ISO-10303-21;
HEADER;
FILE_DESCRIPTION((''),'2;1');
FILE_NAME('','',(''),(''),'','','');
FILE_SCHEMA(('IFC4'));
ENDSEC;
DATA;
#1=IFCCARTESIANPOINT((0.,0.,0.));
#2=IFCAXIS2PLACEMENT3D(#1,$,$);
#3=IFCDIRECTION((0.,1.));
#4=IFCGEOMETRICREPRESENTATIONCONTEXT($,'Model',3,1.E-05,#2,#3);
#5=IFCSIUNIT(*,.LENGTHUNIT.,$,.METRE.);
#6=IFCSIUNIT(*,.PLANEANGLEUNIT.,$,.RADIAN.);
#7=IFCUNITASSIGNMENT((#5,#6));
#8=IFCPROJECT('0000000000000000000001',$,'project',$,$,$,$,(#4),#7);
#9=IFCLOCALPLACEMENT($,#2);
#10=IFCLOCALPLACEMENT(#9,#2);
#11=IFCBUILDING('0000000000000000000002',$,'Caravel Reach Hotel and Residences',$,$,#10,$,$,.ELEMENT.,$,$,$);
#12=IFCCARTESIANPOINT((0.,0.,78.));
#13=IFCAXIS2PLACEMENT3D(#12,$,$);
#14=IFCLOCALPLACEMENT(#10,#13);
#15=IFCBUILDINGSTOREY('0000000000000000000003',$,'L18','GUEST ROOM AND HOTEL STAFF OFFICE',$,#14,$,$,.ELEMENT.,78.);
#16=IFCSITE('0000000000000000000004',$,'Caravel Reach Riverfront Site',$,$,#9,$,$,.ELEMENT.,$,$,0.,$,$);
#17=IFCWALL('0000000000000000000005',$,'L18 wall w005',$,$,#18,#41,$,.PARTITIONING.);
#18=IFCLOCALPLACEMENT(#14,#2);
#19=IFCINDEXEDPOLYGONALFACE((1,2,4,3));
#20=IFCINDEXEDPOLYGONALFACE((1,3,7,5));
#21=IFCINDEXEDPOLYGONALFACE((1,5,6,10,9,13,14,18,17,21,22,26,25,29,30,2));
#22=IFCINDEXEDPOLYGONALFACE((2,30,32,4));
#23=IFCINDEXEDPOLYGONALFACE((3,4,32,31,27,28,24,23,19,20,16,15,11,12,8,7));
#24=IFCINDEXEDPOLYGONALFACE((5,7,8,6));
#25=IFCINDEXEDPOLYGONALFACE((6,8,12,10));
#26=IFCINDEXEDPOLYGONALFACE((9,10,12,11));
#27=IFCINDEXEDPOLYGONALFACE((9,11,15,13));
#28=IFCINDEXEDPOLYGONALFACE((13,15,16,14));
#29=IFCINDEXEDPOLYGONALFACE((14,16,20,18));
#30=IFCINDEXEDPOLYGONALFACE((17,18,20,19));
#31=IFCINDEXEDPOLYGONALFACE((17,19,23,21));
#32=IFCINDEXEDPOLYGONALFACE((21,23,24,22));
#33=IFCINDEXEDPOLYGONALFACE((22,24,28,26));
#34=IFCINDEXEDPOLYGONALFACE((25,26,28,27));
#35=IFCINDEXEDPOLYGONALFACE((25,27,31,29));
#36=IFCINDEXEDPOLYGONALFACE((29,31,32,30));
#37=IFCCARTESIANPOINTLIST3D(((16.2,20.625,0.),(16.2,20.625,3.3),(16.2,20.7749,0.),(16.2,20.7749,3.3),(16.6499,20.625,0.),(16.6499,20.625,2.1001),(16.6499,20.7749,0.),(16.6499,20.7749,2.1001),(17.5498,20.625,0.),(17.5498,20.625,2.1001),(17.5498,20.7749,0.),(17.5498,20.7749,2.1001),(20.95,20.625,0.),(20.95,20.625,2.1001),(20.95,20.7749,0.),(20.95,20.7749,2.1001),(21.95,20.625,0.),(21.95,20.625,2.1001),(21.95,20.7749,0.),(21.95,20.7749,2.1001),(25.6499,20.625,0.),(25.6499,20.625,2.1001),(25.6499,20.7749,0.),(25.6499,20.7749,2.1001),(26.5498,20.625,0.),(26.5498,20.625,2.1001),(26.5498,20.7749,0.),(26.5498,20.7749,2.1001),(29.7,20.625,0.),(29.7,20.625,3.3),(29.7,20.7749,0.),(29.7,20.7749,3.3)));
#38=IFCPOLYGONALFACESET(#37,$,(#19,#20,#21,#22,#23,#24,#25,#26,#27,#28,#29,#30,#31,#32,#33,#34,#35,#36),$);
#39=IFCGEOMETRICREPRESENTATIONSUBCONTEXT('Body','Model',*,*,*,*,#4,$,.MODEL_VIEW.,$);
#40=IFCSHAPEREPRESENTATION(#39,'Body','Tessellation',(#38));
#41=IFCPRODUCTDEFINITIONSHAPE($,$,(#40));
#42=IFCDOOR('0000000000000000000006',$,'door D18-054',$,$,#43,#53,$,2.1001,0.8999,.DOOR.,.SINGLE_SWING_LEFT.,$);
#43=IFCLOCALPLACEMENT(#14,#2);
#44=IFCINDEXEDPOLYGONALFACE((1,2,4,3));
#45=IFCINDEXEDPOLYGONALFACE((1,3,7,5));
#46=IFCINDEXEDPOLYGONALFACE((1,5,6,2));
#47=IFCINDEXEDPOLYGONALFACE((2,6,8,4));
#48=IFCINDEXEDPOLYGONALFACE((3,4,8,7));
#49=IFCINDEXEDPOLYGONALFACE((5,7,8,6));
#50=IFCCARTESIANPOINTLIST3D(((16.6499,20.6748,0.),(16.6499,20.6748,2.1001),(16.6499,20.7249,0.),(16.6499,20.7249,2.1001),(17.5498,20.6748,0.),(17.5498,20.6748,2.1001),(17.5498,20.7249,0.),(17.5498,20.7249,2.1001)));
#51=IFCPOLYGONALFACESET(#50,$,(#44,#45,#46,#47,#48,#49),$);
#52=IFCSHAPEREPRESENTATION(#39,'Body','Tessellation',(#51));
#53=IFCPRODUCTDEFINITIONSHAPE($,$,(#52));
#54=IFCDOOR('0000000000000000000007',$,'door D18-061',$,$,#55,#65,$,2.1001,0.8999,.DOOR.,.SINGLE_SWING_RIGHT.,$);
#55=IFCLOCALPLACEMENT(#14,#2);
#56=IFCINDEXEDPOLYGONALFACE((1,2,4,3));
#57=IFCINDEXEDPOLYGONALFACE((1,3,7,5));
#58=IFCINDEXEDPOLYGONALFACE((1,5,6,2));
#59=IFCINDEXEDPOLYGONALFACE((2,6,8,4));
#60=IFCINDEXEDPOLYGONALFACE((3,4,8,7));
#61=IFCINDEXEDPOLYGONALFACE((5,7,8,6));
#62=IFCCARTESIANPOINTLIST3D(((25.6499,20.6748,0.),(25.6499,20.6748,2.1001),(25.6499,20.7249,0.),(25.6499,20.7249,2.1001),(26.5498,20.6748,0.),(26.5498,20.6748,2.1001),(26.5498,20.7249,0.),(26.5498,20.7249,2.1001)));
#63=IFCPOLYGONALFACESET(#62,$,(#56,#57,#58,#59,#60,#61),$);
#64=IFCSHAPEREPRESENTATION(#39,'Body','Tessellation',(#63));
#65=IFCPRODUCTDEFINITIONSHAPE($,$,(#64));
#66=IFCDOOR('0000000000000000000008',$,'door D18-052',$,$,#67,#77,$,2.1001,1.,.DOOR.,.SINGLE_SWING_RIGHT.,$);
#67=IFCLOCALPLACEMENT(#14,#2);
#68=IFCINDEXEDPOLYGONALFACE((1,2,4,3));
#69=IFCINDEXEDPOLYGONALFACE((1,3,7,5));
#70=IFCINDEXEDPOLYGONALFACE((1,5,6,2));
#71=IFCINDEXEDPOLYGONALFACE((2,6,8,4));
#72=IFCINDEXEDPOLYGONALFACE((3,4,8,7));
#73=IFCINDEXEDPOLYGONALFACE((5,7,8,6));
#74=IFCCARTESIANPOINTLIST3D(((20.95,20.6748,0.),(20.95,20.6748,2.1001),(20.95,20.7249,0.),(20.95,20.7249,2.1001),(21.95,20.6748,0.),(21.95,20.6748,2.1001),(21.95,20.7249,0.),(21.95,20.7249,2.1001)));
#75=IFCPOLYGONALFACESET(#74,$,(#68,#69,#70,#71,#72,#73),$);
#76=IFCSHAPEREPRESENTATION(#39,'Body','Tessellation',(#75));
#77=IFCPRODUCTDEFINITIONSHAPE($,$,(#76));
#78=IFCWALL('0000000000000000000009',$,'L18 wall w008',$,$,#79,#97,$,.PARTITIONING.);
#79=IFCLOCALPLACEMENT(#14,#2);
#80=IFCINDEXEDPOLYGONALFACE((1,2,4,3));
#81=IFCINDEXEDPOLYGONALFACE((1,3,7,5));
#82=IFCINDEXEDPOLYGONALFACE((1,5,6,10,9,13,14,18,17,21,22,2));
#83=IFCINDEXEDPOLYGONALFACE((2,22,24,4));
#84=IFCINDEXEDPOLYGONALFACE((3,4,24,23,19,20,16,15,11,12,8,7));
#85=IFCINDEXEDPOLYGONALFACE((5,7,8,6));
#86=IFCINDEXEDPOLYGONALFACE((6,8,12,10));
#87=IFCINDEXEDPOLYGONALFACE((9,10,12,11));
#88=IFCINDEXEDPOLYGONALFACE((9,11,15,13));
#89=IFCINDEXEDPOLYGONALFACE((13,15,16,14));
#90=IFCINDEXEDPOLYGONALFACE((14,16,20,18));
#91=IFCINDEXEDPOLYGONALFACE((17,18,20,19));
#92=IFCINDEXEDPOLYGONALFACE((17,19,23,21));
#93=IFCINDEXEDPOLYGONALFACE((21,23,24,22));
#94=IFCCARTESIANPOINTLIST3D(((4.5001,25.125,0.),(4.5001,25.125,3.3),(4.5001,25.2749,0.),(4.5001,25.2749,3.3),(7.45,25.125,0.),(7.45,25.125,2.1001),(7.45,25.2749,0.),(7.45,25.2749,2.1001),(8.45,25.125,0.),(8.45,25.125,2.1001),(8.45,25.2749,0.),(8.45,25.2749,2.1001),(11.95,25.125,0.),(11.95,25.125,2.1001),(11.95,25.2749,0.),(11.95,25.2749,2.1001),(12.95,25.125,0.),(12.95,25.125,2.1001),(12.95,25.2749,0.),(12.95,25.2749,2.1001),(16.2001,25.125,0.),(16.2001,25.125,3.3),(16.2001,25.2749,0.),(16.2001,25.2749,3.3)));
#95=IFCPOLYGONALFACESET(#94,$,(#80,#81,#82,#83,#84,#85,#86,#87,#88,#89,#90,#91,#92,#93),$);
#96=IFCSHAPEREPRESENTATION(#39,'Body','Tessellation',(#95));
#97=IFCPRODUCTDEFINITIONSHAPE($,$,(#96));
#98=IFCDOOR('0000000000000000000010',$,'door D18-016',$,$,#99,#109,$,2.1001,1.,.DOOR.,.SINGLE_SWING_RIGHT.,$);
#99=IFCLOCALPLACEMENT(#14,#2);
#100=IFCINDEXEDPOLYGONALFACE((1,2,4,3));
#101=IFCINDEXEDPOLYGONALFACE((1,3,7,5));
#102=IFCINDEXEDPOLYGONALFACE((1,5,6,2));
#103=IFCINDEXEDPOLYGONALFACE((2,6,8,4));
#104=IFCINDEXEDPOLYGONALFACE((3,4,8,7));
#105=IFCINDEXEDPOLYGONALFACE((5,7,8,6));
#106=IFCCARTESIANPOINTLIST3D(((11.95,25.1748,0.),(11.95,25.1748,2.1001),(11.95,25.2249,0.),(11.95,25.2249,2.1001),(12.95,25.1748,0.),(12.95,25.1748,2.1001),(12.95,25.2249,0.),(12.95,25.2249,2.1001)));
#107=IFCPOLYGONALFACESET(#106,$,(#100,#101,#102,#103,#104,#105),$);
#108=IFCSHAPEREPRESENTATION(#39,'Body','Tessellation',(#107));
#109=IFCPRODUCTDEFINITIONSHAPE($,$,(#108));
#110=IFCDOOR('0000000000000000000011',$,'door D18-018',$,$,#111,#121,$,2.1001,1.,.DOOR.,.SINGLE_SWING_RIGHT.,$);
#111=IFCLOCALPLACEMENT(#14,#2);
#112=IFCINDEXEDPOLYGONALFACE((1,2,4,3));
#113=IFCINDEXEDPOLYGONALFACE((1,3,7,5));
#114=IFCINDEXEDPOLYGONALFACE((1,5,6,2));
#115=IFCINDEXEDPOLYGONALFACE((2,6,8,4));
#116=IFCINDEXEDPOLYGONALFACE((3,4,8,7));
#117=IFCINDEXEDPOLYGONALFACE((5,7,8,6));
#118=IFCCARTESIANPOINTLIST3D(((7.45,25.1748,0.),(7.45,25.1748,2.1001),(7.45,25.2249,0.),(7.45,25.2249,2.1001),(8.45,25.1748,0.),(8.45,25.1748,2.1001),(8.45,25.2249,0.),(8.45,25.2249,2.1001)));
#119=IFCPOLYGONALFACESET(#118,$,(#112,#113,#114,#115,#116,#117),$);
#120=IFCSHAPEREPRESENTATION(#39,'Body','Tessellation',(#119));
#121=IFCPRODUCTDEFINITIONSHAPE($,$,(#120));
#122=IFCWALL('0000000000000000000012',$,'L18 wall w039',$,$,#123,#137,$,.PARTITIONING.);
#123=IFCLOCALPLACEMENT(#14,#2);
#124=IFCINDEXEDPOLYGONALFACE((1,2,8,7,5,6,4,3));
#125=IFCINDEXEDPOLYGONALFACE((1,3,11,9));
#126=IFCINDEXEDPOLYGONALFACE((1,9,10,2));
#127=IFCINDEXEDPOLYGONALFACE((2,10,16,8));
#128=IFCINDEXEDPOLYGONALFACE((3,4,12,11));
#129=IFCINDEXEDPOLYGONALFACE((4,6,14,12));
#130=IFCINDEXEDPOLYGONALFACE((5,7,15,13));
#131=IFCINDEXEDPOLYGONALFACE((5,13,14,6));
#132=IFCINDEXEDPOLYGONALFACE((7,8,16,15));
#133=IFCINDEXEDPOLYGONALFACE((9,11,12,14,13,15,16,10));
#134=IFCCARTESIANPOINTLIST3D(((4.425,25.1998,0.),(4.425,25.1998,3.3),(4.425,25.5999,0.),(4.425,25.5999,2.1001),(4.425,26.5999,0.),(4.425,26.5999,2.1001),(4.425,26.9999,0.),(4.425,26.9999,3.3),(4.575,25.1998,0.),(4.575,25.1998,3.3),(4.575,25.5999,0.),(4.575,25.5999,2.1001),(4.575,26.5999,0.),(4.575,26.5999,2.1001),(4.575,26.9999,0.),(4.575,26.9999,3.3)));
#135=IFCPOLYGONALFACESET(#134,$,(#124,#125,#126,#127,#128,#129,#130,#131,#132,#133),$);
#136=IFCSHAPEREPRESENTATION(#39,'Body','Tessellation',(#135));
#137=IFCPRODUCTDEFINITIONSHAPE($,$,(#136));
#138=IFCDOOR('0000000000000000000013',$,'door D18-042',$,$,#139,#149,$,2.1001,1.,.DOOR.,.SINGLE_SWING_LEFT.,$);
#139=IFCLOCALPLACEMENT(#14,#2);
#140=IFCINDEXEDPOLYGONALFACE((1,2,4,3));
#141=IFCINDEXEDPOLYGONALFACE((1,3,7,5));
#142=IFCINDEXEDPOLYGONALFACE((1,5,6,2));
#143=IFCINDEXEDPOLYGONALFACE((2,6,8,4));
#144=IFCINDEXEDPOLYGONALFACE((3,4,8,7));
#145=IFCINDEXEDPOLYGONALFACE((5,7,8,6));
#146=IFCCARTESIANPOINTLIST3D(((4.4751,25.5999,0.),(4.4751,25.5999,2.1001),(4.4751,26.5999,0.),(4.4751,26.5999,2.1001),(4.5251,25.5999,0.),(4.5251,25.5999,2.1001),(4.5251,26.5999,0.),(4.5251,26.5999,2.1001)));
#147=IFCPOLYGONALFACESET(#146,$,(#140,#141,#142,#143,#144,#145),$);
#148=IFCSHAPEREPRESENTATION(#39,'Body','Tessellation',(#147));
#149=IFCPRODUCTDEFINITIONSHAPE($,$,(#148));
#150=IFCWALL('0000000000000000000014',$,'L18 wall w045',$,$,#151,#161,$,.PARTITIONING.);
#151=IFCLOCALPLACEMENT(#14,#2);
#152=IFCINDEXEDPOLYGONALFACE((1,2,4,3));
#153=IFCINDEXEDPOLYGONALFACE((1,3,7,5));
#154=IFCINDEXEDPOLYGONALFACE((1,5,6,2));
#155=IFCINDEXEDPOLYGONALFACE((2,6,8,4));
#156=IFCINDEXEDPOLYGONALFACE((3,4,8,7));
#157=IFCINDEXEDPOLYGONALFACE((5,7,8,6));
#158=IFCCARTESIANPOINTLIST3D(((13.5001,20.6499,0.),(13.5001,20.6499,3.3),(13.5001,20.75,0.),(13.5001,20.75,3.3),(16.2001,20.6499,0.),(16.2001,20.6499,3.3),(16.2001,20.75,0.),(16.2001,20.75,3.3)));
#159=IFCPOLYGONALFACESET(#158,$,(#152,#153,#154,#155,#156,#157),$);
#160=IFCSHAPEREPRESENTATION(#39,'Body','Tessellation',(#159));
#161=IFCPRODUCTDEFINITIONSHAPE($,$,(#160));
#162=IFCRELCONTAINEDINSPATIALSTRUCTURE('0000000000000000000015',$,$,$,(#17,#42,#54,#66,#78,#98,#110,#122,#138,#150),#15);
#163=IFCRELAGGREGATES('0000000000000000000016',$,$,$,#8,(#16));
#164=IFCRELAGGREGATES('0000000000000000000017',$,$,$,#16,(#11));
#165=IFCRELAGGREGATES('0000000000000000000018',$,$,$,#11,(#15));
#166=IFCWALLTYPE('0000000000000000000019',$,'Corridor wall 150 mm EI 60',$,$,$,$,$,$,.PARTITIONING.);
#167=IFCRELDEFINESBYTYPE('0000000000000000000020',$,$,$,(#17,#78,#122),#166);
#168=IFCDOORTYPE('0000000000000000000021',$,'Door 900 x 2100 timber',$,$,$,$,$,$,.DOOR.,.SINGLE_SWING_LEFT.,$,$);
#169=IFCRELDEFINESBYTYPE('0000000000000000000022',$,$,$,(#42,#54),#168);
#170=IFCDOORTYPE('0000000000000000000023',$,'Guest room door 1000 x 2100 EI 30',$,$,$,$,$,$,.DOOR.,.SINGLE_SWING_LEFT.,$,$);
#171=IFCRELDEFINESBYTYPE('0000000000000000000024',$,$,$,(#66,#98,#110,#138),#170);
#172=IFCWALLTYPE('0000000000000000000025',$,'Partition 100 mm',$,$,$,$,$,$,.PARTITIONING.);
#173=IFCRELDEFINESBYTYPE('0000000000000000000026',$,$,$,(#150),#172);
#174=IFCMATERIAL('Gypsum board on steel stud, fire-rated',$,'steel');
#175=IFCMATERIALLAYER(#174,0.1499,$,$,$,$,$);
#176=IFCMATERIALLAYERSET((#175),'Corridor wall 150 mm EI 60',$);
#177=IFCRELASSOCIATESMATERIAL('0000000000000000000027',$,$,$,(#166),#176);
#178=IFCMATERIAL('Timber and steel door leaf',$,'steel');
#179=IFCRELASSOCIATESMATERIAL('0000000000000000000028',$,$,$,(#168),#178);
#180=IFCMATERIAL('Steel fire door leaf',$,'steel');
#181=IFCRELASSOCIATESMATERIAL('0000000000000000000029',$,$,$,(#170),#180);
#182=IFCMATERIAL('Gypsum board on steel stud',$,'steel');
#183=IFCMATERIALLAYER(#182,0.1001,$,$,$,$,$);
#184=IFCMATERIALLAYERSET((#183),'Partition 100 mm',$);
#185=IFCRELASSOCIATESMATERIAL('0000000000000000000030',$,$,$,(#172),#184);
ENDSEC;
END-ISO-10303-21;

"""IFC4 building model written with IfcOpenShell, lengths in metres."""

from ifc_helpers import new_model, si_unit, direction, frame, frame_2d, origin, place, context, subcontext, project, spatial, rectangle, extrude, material, layer, layer_set, type_object, element, fill, save


model = new_model("IFC4")

# Units and contexts
model_context = context("Model", 3, precision=1e-05, world=origin(), true_north=direction((0.0, 1.0)))
body_context = subcontext(model_context, "Body", "Model", "MODEL_VIEW")
ifc_project = project(units=[si_unit("LENGTHUNIT", "METRE"), si_unit("PLANEANGLEUNIT", "RADIAN")], contexts=[model_context])

# Site, building, storey
site_placement = place(None, origin())
site = spatial("IfcSite", under=ifc_project, at=site_placement, Name="Caravel Reach Riverfront Site", CompositionType="ELEMENT", RefElevation=0.0)
building_placement = place(site_placement, origin())
building = spatial("IfcBuilding", under=site, at=building_placement, Name="Caravel Reach Hotel and Residences", CompositionType="ELEMENT")
storey_placement = place(building_placement, frame((0.0, 0.0, 78.0)))
storey = spatial("IfcBuildingStorey", under=building, at=storey_placement, Name="L18", Description="GUEST ROOM AND HOTEL STAFF OFFICE", CompositionType="ELEMENT", Elevation=78.0)

# Walls, openings, doors
ifc_material_1 = material(Name="Gypsum board on steel stud, fire-rated", Category="steel")
ifc_layer_1 = layer(ifc_material_1, 0.1499)
ifc_layer_set_1 = layer_set([ifc_layer_1], Name="Corridor wall 150 mm EI 60")
wall_type_1 = type_object("IfcWallType", Name="Corridor wall 150 mm EI 60", PredefinedType="PARTITIONING", material=ifc_layer_set_1)
wall_1_placement = place(storey_placement, frame((16.2, 20.7, 0.0), z_axis=(0.0, 0.0, 1.0), x_axis=(1.0, 0.0, 0.0)))
wall_1 = element("IfcWall", 1, at=wall_1_placement, inside=storey, type_object=wall_type_1, Name="L18 wall w005", PredefinedType="PARTITIONING", context=body_context, shape_type="SweptSolid", body=[
    extrude(rectangle(XDim=13.5, YDim=0.1499, at=frame_2d((6.75, 0.0))), origin(), (0.0, 0.0, 1.0), 3.3),
])
opening_1_placement = place(wall_1_placement, frame((4.75, 0.0, 0.0)))
opening_1 = element("IfcOpeningElement", 2, at=opening_1_placement, cuts=wall_1, PredefinedType="OPENING", context=body_context, shape_type="SweptSolid", body=[
    extrude(rectangle(XDim=1.0, YDim=2.1001, at=frame_2d((0.5, 1.05))), frame((0.0, 0.085, 0.0), z_axis=(0.0, -1.0, 0.0), x_axis=(1.0, 0.0, 0.0)), (0.0, 0.0, 1.0), 0.1699),
])
opening_2_placement = place(wall_1_placement, frame((0.45, 0.0, 0.0)))
opening_2 = element("IfcOpeningElement", 3, at=opening_2_placement, cuts=wall_1, PredefinedType="OPENING", context=body_context, shape_type="SweptSolid", body=[
    extrude(rectangle(XDim=0.8999, YDim=2.1001, at=frame_2d((0.45, 1.05))), frame((0.0, 0.085, 0.0), z_axis=(0.0, -1.0, 0.0), x_axis=(1.0, 0.0, 0.0)), (0.0, 0.0, 1.0), 0.1699),
])
opening_3_placement = place(wall_1_placement, frame((9.45, 0.0, 0.0)))
opening_3 = element("IfcOpeningElement", 4, at=opening_3_placement, cuts=wall_1, PredefinedType="OPENING", context=body_context, shape_type="SweptSolid", body=[
    extrude(rectangle(XDim=0.8999, YDim=2.1001, at=frame_2d((0.45, 1.05))), frame((0.0, 0.085, 0.0), z_axis=(0.0, -1.0, 0.0), x_axis=(1.0, 0.0, 0.0)), (0.0, 0.0, 1.0), 0.1699),
])
ifc_material_2 = material(Name="Timber and steel door leaf", Category="steel")
door_type_1 = type_object("IfcDoorType", Name="Door 900 x 2100 timber", OperationType="SINGLE_SWING_LEFT", PredefinedType="DOOR", material=ifc_material_2)
door_1_placement = place(opening_2_placement, origin())
door_1 = element("IfcDoor", 5, at=door_1_placement, inside=storey, type_object=door_type_1, Name="door D18-054", OperationType="SINGLE_SWING_LEFT", OverallHeight=2.1001, OverallWidth=0.8999, PredefinedType="DOOR", context=body_context, shape_type="SweptSolid", body=[
    extrude(rectangle(XDim=0.8999, YDim=2.1001, at=frame_2d((0.45, 1.05))), frame((0.0, 0.0249, 0.0), z_axis=(0.0, -1.0, 0.0), x_axis=(1.0, 0.0, 0.0)), (0.0, 0.0, 1.0), 0.05),
])
fill(opening_2, door_1)
door_2_placement = place(opening_3_placement, origin())
door_2 = element("IfcDoor", 6, at=door_2_placement, inside=storey, type_object=door_type_1, Name="door D18-061", OperationType="SINGLE_SWING_RIGHT", OverallHeight=2.1001, OverallWidth=0.8999, PredefinedType="DOOR", context=body_context, shape_type="SweptSolid", body=[
    extrude(rectangle(XDim=0.8999, YDim=2.1001, at=frame_2d((0.45, 1.05))), frame((0.0, 0.0249, 0.0), z_axis=(0.0, -1.0, 0.0), x_axis=(1.0, 0.0, 0.0)), (0.0, 0.0, 1.0), 0.05),
])
fill(opening_3, door_2)
ifc_material_3 = material(Name="Steel fire door leaf", Category="steel")
door_type_2 = type_object("IfcDoorType", Name="Guest room door 1000 x 2100 EI 30", OperationType="SINGLE_SWING_LEFT", PredefinedType="DOOR", material=ifc_material_3)
door_3_placement = place(opening_1_placement, origin())
door_3 = element("IfcDoor", 7, at=door_3_placement, inside=storey, type_object=door_type_2, Name="door D18-052", OperationType="SINGLE_SWING_RIGHT", OverallHeight=2.1001, OverallWidth=1.0, PredefinedType="DOOR", context=body_context, shape_type="SweptSolid", body=[
    extrude(rectangle(XDim=1.0, YDim=2.1001, at=frame_2d((0.5, 1.05))), frame((0.0, 0.0249, 0.0), z_axis=(0.0, -1.0, 0.0), x_axis=(1.0, 0.0, 0.0)), (0.0, 0.0, 1.0), 0.05),
])
fill(opening_1, door_3)
wall_2_placement = place(storey_placement, frame((4.5, 25.2, 0.0), z_axis=(0.0, 0.0, 1.0), x_axis=(1.0, 0.0, 0.0)))
wall_2 = element("IfcWall", 8, at=wall_2_placement, inside=storey, type_object=wall_type_1, Name="L18 wall w008", PredefinedType="PARTITIONING", context=body_context, shape_type="SweptSolid", body=[
    extrude(rectangle(XDim=11.7, YDim=0.1499, at=frame_2d((5.8501, 0.0))), origin(), (0.0, 0.0, 1.0), 3.3),
])
opening_4_placement = place(wall_2_placement, frame((7.45, 0.0, 0.0)))
opening_4 = element("IfcOpeningElement", 9, at=opening_4_placement, cuts=wall_2, PredefinedType="OPENING", context=body_context, shape_type="SweptSolid", body=[
    extrude(rectangle(XDim=1.0, YDim=2.1001, at=frame_2d((0.5, 1.05))), frame((0.0, 0.085, 0.0), z_axis=(0.0, -1.0, 0.0), x_axis=(1.0, 0.0, 0.0)), (0.0, 0.0, 1.0), 0.1699),
])
opening_5_placement = place(wall_2_placement, frame((2.95, 0.0, 0.0)))
opening_5 = element("IfcOpeningElement", 10, at=opening_5_placement, cuts=wall_2, PredefinedType="OPENING", context=body_context, shape_type="SweptSolid", body=[
    extrude(rectangle(XDim=1.0, YDim=2.1001, at=frame_2d((0.5, 1.05))), frame((0.0, 0.085, 0.0), z_axis=(0.0, -1.0, 0.0), x_axis=(1.0, 0.0, 0.0)), (0.0, 0.0, 1.0), 0.1699),
])
door_4_placement = place(opening_4_placement, origin())
door_4 = element("IfcDoor", 11, at=door_4_placement, inside=storey, type_object=door_type_2, Name="door D18-016", OperationType="SINGLE_SWING_RIGHT", OverallHeight=2.1001, OverallWidth=1.0, PredefinedType="DOOR", context=body_context, shape_type="SweptSolid", body=[
    extrude(rectangle(XDim=1.0, YDim=2.1001, at=frame_2d((0.5, 1.05))), frame((0.0, 0.0249, 0.0), z_axis=(0.0, -1.0, 0.0), x_axis=(1.0, 0.0, 0.0)), (0.0, 0.0, 1.0), 0.05),
])
fill(opening_4, door_4)
door_5_placement = place(opening_5_placement, origin())
door_5 = element("IfcDoor", 12, at=door_5_placement, inside=storey, type_object=door_type_2, Name="door D18-018", OperationType="SINGLE_SWING_RIGHT", OverallHeight=2.1001, OverallWidth=1.0, PredefinedType="DOOR", context=body_context, shape_type="SweptSolid", body=[
    extrude(rectangle(XDim=1.0, YDim=2.1001, at=frame_2d((0.5, 1.05))), frame((0.0, 0.0249, 0.0), z_axis=(0.0, -1.0, 0.0), x_axis=(1.0, 0.0, 0.0)), (0.0, 0.0, 1.0), 0.05),
])
fill(opening_5, door_5)

# Wall, opening, door
wall_3_placement = place(storey_placement, frame((4.5, 25.2, 0.0), z_axis=(0.0, 0.0, 1.0), x_axis=(0.0, 1.0, 0.0)))
wall_3 = element("IfcWall", 13, at=wall_3_placement, inside=storey, type_object=wall_type_1, Name="L18 wall w039", PredefinedType="PARTITIONING", context=body_context, shape_type="SweptSolid", body=[
    extrude(rectangle(XDim=1.8, YDim=0.1499, at=frame_2d((0.8999, 0.0))), origin(), (0.0, 0.0, 1.0), 3.3),
])
opening_6_placement = place(wall_3_placement, frame((0.3999, 0.0, 0.0)))
opening_6 = element("IfcOpeningElement", 14, at=opening_6_placement, cuts=wall_3, PredefinedType="OPENING", context=body_context, shape_type="SweptSolid", body=[
    extrude(rectangle(XDim=1.0, YDim=2.1001, at=frame_2d((0.5, 1.05))), frame((0.0, 0.085, 0.0), z_axis=(0.0, -1.0, 0.0), x_axis=(1.0, 0.0, 0.0)), (0.0, 0.0, 1.0), 0.1699),
])
door_6_placement = place(opening_6_placement, origin())
door_6 = element("IfcDoor", 15, at=door_6_placement, inside=storey, type_object=door_type_2, Name="door D18-042", OperationType="SINGLE_SWING_LEFT", OverallHeight=2.1001, OverallWidth=1.0, PredefinedType="DOOR", context=body_context, shape_type="SweptSolid", body=[
    extrude(rectangle(XDim=1.0, YDim=2.1001, at=frame_2d((0.5, 1.05))), frame((0.0, 0.0249, 0.0), z_axis=(0.0, -1.0, 0.0), x_axis=(1.0, 0.0, 0.0)), (0.0, 0.0, 1.0), 0.05),
])
fill(opening_6, door_6)

# Wall
ifc_material_4 = material(Name="Gypsum board on steel stud", Category="steel")
ifc_layer_2 = layer(ifc_material_4, 0.1001)
ifc_layer_set_2 = layer_set([ifc_layer_2], Name="Partition 100 mm")
wall_type_2 = type_object("IfcWallType", Name="Partition 100 mm", PredefinedType="PARTITIONING", material=ifc_layer_set_2)
wall_4_placement = place(storey_placement, frame((13.5, 20.7, 0.0), z_axis=(0.0, 0.0, 1.0), x_axis=(1.0, 0.0, 0.0)))
element("IfcWall", 16, at=wall_4_placement, inside=storey, type_object=wall_type_2, Name="L18 wall w045", PredefinedType="PARTITIONING", context=body_context, shape_type="SweptSolid", body=[
    extrude(rectangle(XDim=2.7, YDim=0.1001, at=frame_2d((1.3501, 0.0))), origin(), (0.0, 0.0, 1.0), 3.3),
])

save(model, "model.ifc")
